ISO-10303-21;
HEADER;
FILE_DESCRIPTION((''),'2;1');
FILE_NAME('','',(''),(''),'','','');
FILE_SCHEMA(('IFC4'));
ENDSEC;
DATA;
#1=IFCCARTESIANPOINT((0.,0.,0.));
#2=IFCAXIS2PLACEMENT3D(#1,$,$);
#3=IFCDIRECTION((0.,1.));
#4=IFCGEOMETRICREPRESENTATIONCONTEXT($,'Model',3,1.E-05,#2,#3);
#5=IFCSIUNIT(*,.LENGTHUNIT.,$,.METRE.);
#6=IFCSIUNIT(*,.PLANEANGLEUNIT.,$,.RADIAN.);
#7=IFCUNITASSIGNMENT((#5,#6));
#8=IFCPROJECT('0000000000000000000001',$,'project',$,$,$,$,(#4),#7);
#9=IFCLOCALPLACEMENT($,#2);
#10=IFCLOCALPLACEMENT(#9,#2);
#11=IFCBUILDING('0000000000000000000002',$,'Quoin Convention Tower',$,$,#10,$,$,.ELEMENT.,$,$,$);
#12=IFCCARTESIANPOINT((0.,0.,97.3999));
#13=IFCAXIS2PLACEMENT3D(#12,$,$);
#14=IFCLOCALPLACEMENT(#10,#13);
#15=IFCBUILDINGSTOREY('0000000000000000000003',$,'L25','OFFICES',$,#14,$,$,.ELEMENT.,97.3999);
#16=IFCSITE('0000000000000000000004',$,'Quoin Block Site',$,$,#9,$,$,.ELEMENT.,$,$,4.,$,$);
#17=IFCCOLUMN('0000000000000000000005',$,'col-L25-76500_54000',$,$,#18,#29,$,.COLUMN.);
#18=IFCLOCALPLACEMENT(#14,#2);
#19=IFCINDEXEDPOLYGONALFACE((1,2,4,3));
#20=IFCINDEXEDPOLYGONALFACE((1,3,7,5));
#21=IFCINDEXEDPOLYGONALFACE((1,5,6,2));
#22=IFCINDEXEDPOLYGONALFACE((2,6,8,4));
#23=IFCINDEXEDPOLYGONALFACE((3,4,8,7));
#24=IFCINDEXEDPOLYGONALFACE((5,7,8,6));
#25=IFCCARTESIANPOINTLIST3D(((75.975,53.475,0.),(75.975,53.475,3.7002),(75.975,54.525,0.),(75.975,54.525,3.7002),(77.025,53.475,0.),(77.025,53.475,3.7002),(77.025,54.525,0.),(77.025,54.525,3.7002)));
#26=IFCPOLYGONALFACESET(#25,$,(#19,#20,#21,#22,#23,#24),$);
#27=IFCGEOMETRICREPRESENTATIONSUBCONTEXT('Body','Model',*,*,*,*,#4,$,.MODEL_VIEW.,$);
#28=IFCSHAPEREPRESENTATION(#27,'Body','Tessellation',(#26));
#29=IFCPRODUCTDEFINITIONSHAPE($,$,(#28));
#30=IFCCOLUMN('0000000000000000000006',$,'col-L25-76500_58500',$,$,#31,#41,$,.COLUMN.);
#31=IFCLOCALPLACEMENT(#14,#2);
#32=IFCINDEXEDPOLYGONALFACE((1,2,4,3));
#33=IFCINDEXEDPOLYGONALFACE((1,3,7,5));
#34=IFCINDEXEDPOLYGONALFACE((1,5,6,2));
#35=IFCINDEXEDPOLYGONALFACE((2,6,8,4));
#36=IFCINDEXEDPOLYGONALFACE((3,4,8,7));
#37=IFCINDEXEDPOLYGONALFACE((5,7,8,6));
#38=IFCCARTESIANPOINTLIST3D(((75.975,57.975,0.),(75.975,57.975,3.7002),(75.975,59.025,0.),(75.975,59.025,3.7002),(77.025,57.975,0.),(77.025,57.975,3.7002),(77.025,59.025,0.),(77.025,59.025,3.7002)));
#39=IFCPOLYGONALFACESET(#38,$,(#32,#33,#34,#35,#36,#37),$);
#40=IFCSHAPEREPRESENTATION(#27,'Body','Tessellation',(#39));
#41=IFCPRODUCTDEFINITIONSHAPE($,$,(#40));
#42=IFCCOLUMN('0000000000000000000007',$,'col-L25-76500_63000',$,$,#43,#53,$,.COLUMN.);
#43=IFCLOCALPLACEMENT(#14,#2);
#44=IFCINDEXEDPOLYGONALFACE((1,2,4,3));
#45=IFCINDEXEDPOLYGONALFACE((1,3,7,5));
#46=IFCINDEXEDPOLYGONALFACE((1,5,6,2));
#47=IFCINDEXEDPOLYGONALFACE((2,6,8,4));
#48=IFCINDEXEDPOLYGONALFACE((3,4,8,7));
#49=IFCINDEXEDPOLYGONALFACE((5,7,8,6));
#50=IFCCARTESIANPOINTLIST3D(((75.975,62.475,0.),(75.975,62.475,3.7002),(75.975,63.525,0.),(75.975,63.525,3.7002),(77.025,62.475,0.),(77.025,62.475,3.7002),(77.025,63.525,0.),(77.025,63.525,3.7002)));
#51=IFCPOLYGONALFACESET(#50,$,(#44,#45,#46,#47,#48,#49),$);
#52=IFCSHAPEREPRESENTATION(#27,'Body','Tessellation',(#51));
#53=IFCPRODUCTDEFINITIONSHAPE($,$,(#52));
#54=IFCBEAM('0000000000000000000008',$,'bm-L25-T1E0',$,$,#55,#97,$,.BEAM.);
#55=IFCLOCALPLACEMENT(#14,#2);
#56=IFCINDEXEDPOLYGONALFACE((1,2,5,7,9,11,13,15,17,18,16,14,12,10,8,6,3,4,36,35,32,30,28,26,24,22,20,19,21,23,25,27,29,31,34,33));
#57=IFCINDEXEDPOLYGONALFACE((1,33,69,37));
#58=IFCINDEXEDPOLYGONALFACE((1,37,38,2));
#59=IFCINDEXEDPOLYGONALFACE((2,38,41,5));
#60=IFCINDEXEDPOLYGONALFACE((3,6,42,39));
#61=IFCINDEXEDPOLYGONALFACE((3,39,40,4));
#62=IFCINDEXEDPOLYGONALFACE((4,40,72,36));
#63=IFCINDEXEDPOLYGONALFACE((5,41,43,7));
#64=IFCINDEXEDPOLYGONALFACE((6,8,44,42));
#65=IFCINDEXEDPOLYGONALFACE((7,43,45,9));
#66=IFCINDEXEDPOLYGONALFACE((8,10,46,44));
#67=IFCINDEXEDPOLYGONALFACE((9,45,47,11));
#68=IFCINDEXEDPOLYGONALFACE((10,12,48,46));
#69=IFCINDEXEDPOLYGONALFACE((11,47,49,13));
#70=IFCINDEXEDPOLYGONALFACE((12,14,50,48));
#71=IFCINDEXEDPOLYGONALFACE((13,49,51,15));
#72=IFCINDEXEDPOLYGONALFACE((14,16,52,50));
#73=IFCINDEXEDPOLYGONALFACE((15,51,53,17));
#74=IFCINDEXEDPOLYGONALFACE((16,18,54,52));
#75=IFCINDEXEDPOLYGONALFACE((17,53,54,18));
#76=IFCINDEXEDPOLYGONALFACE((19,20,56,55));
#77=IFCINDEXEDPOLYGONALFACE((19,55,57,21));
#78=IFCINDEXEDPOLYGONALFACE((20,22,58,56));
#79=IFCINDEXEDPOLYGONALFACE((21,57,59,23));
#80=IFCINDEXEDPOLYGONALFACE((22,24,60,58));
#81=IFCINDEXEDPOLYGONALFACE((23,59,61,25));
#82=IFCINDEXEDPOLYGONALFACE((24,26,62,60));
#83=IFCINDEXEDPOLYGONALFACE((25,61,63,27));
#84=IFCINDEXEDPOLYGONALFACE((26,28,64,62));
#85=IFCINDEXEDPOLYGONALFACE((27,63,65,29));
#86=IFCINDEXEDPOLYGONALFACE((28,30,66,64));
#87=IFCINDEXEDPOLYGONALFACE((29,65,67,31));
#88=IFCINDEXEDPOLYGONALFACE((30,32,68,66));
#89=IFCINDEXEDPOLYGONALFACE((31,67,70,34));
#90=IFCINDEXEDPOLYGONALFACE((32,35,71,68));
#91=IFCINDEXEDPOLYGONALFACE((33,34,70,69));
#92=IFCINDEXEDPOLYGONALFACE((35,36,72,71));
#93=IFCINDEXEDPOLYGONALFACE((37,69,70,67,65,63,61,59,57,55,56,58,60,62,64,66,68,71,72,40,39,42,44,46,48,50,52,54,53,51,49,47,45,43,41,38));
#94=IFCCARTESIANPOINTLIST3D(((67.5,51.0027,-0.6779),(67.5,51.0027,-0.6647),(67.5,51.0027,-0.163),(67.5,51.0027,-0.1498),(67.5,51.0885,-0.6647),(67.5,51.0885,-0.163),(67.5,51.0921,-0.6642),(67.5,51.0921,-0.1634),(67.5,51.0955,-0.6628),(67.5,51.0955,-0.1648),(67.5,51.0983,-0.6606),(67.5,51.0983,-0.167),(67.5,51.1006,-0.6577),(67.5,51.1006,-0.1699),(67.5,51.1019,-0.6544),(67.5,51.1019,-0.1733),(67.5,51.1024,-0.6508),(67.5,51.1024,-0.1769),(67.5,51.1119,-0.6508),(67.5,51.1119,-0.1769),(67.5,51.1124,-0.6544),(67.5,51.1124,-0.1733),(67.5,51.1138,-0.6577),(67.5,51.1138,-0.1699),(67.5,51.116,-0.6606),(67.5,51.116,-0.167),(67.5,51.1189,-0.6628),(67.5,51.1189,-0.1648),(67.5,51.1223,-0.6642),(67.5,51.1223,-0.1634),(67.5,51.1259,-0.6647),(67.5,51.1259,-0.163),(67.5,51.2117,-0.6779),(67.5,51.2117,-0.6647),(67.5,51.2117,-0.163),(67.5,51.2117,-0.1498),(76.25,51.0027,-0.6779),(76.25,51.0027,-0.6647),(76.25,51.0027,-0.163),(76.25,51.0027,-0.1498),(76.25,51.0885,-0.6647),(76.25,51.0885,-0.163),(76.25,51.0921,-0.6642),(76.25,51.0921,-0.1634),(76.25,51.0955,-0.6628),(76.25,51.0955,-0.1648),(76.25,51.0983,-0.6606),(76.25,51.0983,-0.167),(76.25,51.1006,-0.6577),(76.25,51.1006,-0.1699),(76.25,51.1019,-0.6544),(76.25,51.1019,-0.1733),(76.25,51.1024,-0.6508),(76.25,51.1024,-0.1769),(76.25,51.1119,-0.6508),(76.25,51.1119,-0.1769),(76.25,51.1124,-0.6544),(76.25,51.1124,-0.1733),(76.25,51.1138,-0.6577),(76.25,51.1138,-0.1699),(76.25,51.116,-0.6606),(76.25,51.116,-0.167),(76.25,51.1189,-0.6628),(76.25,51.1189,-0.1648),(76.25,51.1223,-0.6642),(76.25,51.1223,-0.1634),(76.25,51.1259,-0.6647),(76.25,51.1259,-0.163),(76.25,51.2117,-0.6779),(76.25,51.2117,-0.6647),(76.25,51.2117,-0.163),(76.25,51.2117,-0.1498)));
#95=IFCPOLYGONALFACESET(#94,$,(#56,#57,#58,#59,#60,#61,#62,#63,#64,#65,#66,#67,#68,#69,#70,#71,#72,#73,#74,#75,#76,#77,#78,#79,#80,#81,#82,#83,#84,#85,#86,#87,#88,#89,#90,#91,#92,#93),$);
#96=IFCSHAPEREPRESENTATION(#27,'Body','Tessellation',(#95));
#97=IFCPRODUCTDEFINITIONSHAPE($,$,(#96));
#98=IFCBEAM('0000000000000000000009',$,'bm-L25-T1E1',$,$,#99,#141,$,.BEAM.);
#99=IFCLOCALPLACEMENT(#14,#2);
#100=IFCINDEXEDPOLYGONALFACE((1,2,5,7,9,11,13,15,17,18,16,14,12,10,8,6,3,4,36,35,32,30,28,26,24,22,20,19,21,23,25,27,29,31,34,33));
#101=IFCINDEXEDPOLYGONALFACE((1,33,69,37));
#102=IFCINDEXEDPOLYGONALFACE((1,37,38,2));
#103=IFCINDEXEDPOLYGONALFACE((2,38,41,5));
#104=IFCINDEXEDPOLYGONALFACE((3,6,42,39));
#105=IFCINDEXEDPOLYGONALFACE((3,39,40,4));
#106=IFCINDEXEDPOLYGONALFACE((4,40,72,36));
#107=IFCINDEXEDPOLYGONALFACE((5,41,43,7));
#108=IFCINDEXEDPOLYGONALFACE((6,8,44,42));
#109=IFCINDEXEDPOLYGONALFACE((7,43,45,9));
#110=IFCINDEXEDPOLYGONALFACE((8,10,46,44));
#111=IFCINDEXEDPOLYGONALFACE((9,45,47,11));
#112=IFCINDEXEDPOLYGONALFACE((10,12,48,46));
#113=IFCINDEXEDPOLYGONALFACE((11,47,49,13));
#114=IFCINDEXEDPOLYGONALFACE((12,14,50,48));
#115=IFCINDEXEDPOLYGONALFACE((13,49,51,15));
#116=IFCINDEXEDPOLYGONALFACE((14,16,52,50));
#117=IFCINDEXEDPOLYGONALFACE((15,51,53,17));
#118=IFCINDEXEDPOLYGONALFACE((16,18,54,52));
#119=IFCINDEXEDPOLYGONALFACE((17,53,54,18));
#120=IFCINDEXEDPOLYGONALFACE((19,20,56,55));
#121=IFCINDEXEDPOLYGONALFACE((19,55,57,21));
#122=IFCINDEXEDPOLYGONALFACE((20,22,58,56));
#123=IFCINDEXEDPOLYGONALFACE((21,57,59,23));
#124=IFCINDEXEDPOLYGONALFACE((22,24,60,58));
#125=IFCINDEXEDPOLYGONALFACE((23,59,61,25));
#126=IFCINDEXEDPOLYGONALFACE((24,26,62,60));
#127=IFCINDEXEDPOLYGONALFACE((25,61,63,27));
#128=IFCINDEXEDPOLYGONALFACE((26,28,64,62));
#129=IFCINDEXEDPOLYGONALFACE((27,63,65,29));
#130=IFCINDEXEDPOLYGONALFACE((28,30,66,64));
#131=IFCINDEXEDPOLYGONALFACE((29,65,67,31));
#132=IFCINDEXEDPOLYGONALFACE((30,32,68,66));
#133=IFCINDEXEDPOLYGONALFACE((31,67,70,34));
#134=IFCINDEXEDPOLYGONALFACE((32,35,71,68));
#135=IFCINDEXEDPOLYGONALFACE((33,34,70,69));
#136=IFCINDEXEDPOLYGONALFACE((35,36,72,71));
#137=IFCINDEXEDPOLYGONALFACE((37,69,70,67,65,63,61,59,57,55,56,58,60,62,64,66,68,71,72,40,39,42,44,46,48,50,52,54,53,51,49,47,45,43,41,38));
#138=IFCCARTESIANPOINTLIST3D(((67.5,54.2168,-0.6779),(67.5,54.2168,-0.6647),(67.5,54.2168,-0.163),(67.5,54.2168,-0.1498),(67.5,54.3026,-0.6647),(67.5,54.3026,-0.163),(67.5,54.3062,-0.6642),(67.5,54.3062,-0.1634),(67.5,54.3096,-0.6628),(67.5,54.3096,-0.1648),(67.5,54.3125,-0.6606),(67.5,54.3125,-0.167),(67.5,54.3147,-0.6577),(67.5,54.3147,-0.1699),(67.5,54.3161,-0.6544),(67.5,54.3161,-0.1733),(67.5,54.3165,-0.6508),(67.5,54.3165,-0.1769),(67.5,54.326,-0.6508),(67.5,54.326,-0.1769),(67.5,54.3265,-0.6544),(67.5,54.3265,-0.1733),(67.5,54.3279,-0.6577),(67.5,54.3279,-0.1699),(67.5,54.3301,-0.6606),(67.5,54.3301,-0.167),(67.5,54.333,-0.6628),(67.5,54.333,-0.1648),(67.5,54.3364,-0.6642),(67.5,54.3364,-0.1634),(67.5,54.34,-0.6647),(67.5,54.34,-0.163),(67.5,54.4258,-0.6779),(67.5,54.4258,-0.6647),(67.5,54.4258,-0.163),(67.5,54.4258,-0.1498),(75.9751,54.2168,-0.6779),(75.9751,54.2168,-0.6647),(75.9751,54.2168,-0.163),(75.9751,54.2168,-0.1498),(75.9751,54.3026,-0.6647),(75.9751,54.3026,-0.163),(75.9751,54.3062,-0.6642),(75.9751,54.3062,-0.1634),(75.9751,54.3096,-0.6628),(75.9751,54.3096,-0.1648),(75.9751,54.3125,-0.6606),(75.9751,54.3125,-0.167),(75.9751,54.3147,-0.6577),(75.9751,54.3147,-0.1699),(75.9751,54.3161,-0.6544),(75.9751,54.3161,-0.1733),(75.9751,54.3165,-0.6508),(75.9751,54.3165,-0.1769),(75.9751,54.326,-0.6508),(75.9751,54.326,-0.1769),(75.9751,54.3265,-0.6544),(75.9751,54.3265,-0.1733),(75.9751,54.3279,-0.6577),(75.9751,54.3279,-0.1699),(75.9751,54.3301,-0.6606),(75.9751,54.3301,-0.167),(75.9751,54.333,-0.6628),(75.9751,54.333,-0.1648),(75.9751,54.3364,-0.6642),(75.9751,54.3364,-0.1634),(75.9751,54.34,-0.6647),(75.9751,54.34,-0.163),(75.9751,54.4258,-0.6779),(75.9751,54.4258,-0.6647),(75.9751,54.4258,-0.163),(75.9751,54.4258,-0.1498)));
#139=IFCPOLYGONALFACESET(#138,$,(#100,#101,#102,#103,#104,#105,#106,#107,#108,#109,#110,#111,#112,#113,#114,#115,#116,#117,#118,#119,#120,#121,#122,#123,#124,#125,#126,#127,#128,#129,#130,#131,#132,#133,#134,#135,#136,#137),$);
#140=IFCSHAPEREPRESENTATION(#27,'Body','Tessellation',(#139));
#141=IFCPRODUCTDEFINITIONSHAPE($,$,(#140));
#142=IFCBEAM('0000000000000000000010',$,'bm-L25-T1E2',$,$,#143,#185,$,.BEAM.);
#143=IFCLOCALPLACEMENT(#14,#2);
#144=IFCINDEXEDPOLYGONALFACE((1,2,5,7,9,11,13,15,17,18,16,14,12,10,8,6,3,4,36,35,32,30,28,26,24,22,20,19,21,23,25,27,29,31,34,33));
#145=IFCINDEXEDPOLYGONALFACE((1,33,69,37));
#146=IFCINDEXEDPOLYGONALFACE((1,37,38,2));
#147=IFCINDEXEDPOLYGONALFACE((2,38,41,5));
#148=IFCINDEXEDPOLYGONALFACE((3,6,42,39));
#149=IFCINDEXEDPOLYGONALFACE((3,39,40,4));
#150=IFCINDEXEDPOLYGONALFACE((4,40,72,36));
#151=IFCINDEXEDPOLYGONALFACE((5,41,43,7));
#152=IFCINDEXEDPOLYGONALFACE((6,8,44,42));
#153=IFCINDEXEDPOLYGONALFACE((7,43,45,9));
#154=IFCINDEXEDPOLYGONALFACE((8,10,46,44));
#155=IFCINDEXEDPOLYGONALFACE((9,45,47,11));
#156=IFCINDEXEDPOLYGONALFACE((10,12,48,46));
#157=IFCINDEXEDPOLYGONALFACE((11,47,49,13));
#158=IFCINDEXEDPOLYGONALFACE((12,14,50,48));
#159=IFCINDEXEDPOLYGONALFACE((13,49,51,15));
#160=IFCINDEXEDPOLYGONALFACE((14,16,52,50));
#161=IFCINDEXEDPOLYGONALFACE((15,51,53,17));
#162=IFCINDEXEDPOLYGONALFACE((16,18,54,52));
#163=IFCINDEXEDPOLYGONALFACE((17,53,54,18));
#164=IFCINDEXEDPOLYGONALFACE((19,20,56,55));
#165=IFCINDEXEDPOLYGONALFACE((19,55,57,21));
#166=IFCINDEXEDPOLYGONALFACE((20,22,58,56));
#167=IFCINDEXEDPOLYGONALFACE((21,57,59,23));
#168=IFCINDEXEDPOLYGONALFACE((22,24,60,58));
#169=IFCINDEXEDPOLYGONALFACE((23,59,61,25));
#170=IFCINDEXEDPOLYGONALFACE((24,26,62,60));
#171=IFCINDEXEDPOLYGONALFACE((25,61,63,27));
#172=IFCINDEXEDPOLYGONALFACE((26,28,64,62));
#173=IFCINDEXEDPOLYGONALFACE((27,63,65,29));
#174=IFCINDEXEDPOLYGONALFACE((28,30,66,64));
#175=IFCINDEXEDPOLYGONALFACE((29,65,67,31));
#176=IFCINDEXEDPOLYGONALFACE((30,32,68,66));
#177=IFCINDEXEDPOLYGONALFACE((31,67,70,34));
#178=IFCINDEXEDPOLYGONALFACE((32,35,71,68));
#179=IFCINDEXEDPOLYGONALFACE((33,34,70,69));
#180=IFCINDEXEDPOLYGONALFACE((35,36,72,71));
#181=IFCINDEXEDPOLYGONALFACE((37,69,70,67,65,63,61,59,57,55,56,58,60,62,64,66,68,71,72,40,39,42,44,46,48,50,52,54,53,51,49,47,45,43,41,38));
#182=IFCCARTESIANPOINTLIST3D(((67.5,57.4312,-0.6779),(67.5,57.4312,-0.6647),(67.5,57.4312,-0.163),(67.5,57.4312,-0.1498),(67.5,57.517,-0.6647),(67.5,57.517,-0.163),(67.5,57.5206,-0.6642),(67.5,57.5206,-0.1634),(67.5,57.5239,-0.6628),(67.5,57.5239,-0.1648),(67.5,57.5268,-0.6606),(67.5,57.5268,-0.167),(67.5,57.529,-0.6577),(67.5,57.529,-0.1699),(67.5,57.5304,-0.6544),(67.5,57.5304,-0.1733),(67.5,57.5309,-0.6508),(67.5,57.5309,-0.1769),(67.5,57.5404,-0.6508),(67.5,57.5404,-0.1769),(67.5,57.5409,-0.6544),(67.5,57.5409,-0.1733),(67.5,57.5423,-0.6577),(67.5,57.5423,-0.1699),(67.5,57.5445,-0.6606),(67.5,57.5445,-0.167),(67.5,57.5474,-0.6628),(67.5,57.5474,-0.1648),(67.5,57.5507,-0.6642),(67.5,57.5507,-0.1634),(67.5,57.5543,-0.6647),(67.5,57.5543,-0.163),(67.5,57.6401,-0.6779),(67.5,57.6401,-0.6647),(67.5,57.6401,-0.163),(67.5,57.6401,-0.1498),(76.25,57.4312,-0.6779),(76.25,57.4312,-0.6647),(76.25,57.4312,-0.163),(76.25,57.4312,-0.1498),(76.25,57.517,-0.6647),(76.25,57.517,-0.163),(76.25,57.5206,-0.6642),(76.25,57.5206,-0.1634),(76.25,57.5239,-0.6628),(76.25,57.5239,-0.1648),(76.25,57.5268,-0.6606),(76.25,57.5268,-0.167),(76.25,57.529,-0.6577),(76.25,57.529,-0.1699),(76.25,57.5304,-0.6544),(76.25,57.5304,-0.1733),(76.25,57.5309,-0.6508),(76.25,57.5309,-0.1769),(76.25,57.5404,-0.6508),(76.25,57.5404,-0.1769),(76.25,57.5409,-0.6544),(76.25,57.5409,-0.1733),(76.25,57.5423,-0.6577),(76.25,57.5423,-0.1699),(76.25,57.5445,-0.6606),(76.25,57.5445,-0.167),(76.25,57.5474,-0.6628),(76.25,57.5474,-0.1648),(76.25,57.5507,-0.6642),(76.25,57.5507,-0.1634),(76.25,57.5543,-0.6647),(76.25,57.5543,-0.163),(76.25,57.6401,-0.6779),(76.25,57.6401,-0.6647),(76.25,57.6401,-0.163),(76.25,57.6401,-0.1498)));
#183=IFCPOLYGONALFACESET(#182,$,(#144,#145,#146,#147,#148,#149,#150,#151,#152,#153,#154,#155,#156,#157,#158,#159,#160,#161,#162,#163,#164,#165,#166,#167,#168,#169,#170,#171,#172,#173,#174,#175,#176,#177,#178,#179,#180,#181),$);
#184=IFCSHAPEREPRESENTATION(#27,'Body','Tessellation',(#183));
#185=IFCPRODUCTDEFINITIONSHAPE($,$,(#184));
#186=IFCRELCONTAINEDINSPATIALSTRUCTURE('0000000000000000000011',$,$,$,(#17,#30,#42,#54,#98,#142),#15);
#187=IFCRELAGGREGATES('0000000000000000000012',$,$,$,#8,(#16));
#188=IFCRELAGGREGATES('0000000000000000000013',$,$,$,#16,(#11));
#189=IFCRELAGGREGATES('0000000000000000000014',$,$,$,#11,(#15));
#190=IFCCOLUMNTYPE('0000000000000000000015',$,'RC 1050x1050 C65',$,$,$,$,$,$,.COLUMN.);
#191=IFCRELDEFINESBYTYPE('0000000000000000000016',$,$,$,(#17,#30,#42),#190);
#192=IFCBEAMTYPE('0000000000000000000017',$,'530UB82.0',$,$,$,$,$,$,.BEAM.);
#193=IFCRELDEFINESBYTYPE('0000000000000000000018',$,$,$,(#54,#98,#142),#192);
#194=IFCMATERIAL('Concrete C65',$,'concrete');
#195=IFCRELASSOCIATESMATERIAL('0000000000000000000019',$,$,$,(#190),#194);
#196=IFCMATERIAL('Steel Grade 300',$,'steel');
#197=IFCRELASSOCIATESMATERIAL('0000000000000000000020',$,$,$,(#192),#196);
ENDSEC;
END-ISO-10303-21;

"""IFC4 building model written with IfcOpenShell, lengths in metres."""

from ifc_helpers import new_model, si_unit, direction, frame, origin, origin_2d, place, context, subcontext, project, spatial, rectangle, i_section, extrude, material, material_profile, profile_set, type_object, element, save


model = new_model("IFC4")

# Units and contexts
model_context = context("Model", 3, precision=1e-05, world=origin(), true_north=direction((0.0, 1.0)))
body_context = subcontext(model_context, "Body", "Model", "MODEL_VIEW")
ifc_project = project(units=[si_unit("LENGTHUNIT", "METRE"), si_unit("PLANEANGLEUNIT", "RADIAN")], contexts=[model_context])

# Site, building, storey
site_placement = place(None, origin())
site = spatial("IfcSite", under=ifc_project, at=site_placement, Name="Quoin Block Site", CompositionType="ELEMENT", RefElevation=4.0)
building_placement = place(site_placement, origin())
building = spatial("IfcBuilding", under=site, at=building_placement, Name="Quoin Convention Tower", CompositionType="ELEMENT")
storey_placement = place(building_placement, frame((0.0, 0.0, 97.3999)))
storey = spatial("IfcBuildingStorey", under=building, at=storey_placement, Name="L25", Description="OFFICES", CompositionType="ELEMENT", Elevation=97.3999)

# Columns
ifc_material_1 = material(Name="Concrete C65", Category="concrete")
ifc_material_profile_1 = material_profile(ifc_material_1, rectangle(XDim=1.05, YDim=1.05, at=origin_2d()), Name="RC 1050x1050")
ifc_profile_set_1 = profile_set([ifc_material_profile_1], Name="Concrete C65")
column_type = type_object("IfcColumnType", Name="RC 1050x1050 C65", PredefinedType="COLUMN", material=ifc_profile_set_1)
for number, where, z_axis, x_axis, name in (
    (1, (76.5, 54.0, 0.0), (0.0, 0.0, 1.0), (1.0, 0.0, 0.0), "col-L25-76500_54000"),
    (2, (76.5, 58.5, 0.0), (0.0, 0.0, 1.0), (1.0, 0.0, 0.0), "col-L25-76500_58500"),
    (3, (76.5, 63.0, 0.0), (0.0, 0.0, 1.0), (1.0, 0.0, 0.0), "col-L25-76500_63000"),
):
    element("IfcColumn", number, at=place(storey_placement, frame(where, z_axis=z_axis, x_axis=x_axis)), inside=storey, type_object=column_type, Name=name, PredefinedType="COLUMN", context=body_context, shape_type="SweptSolid", body=[
        extrude(rectangle(XDim=1.05, YDim=1.05, at=origin_2d()), origin(), (0.0, 0.0, 1.0), 3.7002),
    ])

# Beams
ifc_material_2 = material(Name="Steel Grade 300", Category="steel")
ifc_material_profile_2 = material_profile(ifc_material_2, i_section(OverallWidth=0.209, OverallDepth=0.5281, WebThickness=0.0095, FlangeThickness=0.0132, FilletRadius=0.0139, at=origin_2d()), Name="530UB82.0")
ifc_profile_set_2 = profile_set([ifc_material_profile_2], Name="Steel Grade 300")
beam_type_1 = type_object("IfcBeamType", Name="530UB82.0", PredefinedType="BEAM", material=ifc_profile_set_2)
beam_1_placement = place(storey_placement, frame((67.5, 51.1072, -0.4138), z_axis=(1.0, 0.0, 0.0), x_axis=(0.0, 1.0, 0.0)))
element("IfcBeam", 4, at=beam_1_placement, inside=storey, type_object=beam_type_1, Name="bm-L25-T1E0", PredefinedType="BEAM", context=body_context, shape_type="SweptSolid", body=[
    extrude(i_section(OverallWidth=0.209, OverallDepth=0.5281, WebThickness=0.0095, FlangeThickness=0.0132, FilletRadius=0.0139, at=origin_2d()), origin(), (0.0, 0.0, 1.0), 8.75),
])
beam_2_placement = place(storey_placement, frame((67.5, 54.3213, -0.4138), z_axis=(1.0, 0.0, 0.0), x_axis=(0.0, 1.0, 0.0)))
element("IfcBeam", 5, at=beam_2_placement, inside=storey, type_object=beam_type_1, Name="bm-L25-T1E1", PredefinedType="BEAM", context=body_context, shape_type="SweptSolid", body=[
    extrude(i_section(OverallWidth=0.209, OverallDepth=0.5281, WebThickness=0.0095, FlangeThickness=0.0132, FilletRadius=0.0139, at=origin_2d()), origin(), (0.0, 0.0, 1.0), 8.4751),
])
for number, where, z_axis, x_axis, name in (
    (6, (67.5, 57.5356, -0.4138), (1.0, 0.0, 0.0), (0.0, 1.0, 0.0), "bm-L25-T1E2"),
):
    element("IfcBeam", number, at=place(storey_placement, frame(where, z_axis=z_axis, x_axis=x_axis)), inside=storey, type_object=beam_type_1, Name=name, PredefinedType="BEAM", context=body_context, shape_type="SweptSolid", body=[
        extrude(i_section(OverallWidth=0.209, OverallDepth=0.5281, WebThickness=0.0095, FlangeThickness=0.0132, FilletRadius=0.0139, at=origin_2d()), origin(), (0.0, 0.0, 1.0), 8.75),
    ])

save(model, "model.ifc")
